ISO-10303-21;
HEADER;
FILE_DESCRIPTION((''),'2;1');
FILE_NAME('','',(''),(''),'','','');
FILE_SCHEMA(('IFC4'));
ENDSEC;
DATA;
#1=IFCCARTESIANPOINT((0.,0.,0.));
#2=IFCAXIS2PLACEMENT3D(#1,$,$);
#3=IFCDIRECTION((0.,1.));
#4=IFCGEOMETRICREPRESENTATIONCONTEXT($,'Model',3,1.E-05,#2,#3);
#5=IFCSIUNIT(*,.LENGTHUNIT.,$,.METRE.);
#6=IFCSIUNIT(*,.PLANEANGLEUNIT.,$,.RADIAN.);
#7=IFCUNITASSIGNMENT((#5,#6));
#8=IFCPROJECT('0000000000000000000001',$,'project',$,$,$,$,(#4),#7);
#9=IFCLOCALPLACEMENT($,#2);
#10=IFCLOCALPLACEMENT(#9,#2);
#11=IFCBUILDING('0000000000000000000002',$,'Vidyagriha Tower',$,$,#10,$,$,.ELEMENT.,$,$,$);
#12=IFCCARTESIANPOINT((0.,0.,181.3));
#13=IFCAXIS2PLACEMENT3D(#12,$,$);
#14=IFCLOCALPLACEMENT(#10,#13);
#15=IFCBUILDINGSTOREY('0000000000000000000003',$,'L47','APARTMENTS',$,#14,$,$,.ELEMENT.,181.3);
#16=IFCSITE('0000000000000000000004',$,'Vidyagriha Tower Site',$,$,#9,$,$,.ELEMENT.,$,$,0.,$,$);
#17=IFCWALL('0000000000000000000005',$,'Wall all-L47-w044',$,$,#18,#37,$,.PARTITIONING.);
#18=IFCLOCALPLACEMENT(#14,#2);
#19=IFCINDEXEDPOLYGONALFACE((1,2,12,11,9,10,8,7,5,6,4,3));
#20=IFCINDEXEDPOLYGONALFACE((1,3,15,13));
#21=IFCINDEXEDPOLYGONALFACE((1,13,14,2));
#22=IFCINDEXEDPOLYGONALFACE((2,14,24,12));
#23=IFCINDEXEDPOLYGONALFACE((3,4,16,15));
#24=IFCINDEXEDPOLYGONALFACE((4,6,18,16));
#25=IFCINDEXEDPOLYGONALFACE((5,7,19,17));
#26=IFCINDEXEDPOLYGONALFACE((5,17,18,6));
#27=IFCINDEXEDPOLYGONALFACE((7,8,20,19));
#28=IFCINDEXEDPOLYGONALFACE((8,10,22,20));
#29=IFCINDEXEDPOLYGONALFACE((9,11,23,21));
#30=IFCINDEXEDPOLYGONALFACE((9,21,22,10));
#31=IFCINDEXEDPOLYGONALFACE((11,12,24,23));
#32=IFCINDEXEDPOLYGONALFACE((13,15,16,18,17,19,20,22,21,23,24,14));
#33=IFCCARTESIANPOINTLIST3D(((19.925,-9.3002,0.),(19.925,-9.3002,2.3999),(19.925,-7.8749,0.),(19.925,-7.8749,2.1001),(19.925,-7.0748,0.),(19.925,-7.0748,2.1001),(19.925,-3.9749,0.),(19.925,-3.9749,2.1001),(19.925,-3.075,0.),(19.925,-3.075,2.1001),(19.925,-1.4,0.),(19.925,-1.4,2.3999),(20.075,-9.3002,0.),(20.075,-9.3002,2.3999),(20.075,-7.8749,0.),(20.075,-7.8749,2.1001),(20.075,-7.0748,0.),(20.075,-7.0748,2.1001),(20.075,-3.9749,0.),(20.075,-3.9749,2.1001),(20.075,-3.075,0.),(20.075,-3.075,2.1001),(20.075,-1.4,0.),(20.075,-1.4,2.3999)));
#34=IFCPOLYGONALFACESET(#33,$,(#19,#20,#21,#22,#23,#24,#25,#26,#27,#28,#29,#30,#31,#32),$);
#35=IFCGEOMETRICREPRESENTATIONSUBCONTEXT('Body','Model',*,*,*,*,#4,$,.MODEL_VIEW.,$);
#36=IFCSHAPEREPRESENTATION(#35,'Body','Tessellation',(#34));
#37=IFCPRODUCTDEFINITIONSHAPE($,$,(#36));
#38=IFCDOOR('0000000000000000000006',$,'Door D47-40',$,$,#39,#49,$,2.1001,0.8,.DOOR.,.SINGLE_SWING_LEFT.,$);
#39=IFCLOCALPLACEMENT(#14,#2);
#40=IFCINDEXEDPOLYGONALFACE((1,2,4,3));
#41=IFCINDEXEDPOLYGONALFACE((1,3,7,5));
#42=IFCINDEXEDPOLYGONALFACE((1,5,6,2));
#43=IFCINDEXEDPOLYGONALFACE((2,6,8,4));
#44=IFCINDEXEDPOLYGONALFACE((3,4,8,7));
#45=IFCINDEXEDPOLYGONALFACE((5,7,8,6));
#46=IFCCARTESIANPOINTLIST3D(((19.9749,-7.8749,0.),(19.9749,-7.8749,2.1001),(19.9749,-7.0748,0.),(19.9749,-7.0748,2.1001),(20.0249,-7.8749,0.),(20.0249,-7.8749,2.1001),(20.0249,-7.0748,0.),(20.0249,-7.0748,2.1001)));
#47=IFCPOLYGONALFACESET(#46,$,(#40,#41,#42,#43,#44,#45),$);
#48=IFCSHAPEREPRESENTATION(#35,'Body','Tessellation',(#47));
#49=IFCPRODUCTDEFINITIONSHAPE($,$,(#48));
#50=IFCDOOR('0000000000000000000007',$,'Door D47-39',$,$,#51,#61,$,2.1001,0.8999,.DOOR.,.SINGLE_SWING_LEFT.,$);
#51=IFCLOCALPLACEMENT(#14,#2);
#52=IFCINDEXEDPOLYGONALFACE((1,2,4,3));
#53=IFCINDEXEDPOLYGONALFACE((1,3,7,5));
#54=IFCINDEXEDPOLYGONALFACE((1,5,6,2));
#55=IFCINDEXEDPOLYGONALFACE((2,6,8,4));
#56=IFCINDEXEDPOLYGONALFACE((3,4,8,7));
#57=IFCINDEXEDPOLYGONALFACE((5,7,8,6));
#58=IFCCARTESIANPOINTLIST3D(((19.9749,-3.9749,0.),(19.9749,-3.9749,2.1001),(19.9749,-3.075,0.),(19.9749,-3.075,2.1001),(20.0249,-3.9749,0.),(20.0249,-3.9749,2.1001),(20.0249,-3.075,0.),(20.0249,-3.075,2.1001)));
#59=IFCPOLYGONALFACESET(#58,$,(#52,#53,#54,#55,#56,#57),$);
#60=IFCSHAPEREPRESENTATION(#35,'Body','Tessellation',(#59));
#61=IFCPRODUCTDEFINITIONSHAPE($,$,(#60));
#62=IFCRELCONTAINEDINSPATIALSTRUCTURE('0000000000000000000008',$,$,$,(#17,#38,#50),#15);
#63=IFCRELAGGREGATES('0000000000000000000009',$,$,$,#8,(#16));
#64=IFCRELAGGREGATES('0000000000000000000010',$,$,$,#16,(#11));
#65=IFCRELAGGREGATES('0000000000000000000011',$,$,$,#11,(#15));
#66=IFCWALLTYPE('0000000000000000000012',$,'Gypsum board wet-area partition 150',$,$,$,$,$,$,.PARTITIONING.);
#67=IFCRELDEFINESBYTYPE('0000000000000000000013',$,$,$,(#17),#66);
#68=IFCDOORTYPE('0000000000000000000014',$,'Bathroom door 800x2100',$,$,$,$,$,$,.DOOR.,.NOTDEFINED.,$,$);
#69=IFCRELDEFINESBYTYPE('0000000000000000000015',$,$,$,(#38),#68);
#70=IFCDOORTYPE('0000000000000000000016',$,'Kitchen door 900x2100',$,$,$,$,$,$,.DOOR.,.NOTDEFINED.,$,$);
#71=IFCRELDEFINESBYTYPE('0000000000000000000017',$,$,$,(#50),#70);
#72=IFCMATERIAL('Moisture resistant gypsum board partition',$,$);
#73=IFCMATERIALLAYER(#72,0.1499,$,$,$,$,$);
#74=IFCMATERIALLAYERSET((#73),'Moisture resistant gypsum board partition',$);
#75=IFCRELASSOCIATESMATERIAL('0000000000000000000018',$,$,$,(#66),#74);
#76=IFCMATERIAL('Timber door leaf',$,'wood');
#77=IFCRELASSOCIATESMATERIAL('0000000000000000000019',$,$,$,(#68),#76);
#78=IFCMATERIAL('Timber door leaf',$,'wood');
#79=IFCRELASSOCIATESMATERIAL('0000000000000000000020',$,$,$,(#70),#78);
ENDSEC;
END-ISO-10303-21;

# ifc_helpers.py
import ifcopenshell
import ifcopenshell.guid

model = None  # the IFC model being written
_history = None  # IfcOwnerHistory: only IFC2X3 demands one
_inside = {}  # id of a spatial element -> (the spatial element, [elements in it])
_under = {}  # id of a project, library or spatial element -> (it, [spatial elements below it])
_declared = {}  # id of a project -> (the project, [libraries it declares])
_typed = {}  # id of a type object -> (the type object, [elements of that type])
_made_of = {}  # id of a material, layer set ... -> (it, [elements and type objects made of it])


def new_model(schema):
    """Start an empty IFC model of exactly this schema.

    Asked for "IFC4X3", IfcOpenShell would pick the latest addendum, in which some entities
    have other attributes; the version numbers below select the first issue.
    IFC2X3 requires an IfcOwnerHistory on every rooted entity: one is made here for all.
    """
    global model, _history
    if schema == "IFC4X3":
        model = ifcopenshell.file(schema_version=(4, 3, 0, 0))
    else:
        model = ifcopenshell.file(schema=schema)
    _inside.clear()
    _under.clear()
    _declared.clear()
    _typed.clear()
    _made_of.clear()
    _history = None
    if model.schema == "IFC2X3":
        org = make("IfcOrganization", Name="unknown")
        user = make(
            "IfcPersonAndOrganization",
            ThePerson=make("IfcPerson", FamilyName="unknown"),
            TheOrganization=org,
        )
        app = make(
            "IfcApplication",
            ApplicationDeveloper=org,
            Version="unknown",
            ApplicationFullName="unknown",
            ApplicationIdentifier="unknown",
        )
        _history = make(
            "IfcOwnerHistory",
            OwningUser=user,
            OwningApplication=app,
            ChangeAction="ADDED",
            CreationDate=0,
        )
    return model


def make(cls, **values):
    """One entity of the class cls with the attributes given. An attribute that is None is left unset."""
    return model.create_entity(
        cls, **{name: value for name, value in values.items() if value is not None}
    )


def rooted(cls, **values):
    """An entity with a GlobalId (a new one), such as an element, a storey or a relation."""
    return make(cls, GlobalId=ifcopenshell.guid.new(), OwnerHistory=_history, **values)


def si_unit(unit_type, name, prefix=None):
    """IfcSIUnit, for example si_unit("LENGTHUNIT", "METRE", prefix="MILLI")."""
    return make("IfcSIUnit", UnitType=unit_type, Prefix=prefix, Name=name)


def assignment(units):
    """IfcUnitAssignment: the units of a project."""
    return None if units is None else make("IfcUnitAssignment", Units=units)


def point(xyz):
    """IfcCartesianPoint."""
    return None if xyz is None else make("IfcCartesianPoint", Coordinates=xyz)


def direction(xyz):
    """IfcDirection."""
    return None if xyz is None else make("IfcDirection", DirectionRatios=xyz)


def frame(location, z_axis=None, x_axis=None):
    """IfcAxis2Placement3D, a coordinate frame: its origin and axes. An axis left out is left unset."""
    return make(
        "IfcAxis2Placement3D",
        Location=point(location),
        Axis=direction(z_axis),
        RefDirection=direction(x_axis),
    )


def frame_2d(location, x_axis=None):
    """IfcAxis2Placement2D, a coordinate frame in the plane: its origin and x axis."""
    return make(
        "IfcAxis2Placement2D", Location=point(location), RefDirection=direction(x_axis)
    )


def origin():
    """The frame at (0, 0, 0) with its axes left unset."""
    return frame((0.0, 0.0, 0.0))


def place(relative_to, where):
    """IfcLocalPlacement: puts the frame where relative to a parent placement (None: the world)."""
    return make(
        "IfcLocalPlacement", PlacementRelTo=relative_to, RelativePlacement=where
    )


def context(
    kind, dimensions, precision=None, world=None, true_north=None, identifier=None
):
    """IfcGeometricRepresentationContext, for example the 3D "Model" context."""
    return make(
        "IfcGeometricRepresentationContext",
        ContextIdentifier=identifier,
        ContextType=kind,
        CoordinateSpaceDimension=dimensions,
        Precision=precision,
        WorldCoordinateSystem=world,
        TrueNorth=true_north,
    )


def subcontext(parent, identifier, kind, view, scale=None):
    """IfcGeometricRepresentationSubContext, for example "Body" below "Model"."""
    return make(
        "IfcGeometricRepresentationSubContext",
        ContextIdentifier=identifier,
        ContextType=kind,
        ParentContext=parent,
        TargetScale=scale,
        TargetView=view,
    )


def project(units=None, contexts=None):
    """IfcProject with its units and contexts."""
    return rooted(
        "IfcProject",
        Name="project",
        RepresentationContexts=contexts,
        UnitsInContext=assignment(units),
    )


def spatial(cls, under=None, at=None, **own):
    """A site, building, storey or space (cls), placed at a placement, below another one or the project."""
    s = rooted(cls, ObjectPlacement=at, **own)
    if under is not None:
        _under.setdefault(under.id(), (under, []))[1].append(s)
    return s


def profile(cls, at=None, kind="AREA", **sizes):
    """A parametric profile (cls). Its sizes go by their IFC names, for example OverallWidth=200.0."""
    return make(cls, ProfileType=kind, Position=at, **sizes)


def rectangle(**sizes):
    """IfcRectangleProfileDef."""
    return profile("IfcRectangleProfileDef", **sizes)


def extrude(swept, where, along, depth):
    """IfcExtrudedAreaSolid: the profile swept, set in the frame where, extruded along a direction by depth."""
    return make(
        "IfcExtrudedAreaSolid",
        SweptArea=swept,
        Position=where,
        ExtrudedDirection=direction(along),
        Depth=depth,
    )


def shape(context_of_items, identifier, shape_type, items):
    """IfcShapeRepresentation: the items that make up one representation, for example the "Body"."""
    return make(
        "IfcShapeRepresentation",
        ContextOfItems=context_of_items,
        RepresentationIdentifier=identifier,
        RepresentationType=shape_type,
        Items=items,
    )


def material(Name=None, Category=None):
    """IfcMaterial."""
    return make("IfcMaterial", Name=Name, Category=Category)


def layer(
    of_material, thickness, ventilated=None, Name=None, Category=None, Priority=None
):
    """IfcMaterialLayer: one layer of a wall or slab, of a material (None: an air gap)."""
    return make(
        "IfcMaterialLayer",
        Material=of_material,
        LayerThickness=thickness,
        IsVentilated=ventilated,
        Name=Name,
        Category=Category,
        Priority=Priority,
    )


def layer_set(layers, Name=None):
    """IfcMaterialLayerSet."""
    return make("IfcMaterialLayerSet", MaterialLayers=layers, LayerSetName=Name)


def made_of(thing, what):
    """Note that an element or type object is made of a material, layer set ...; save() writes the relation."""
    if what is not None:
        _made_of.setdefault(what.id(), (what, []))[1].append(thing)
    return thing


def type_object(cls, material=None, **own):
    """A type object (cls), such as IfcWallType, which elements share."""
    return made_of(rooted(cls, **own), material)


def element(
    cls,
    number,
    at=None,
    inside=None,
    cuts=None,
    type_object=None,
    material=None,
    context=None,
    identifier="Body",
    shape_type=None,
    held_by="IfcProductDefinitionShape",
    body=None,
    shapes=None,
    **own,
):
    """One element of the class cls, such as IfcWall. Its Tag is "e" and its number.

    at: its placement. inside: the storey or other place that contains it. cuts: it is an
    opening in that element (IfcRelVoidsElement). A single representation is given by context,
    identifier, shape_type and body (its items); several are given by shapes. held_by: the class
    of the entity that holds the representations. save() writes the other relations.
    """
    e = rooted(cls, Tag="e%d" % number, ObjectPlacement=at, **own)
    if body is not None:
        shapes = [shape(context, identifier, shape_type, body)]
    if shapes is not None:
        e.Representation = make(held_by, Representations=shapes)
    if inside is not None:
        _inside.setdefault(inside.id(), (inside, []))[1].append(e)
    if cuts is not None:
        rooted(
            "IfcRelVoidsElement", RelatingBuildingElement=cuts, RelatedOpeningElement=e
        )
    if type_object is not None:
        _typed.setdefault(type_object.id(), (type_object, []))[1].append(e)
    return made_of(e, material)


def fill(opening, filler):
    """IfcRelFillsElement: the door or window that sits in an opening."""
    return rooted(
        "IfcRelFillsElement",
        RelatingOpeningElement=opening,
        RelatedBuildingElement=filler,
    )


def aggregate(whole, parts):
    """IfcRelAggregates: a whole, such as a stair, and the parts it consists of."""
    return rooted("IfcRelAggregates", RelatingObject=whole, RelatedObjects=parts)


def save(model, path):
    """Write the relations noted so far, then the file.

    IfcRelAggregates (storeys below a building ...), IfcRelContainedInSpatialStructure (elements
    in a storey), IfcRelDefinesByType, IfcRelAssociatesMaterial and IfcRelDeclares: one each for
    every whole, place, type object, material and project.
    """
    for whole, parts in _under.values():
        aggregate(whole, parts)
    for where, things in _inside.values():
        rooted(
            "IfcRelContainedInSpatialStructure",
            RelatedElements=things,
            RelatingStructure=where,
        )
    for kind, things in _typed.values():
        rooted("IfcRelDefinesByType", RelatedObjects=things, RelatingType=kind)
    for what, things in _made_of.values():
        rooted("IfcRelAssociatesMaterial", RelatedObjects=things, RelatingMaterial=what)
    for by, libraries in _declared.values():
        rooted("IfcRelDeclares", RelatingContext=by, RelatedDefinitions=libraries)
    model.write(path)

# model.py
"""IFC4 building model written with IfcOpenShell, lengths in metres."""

from ifc_helpers import new_model, si_unit, direction, frame, frame_2d, origin, place, context, subcontext, project, spatial, rectangle, extrude, material, layer, layer_set, type_object, element, fill, save


model = new_model("IFC4")

# Units and contexts
model_context = context("Model", 3, precision=1e-05, world=origin(), true_north=direction((0.0, 1.0)))
body_context = subcontext(model_context, "Body", "Model", "MODEL_VIEW")
ifc_project = project(units=[si_unit("LENGTHUNIT", "METRE"), si_unit("PLANEANGLEUNIT", "RADIAN")], contexts=[model_context])

# Site, building, storey
site_placement = place(None, origin())
site = spatial("IfcSite", under=ifc_project, at=site_placement, Name="Vidyagriha Tower Site", CompositionType="ELEMENT", RefElevation=0.0)
building_placement = place(site_placement, origin())
building = spatial("IfcBuilding", under=site, at=building_placement, Name="Vidyagriha Tower", CompositionType="ELEMENT")
storey_placement = place(building_placement, frame((0.0, 0.0, 181.3)))
storey = spatial("IfcBuildingStorey", under=building, at=storey_placement, Name="L47", Description="APARTMENTS", CompositionType="ELEMENT", Elevation=181.3)

# Wall, openings, doors
ifc_material_1 = material(Name="Moisture resistant gypsum board partition")
ifc_layer_1 = layer(ifc_material_1, 0.1499)
ifc_layer_set_1 = layer_set([ifc_layer_1], Name="Moisture resistant gypsum board partition")
wall_type_1 = type_object("IfcWallType", Name="Gypsum board wet-area partition 150", PredefinedType="PARTITIONING", material=ifc_layer_set_1)
wall_1_placement = place(storey_placement, frame((20.0, -1.3999, 0.0), z_axis=(0.0, 0.0, 1.0), x_axis=(0.0, -1.0, 0.0)))
wall_1 = element("IfcWall", 1, at=wall_1_placement, inside=storey, type_object=wall_type_1, Name="Wall all-L47-w044", PredefinedType="PARTITIONING", context=body_context, shape_type="SweptSolid", body=[
    extrude(rectangle(XDim=7.9001, YDim=0.1499, at=frame_2d((3.9502, 0.0))), origin(), (0.0, 0.0, 1.0), 2.3999),
])
opening_1_placement = place(wall_1_placement, frame((1.675, 0.0, 0.0)))
opening_1 = element("IfcOpeningElement", 2, at=opening_1_placement, cuts=wall_1, PredefinedType="OPENING", context=body_context, shape_type="SweptSolid", body=[
    extrude(rectangle(XDim=0.8999, YDim=2.1001, at=frame_2d((0.45, 1.05))), frame((0.0, 0.085, 0.0), z_axis=(0.0, -1.0, 0.0), x_axis=(1.0, 0.0, 0.0)), (0.0, 0.0, 1.0), 0.1699),
])
opening_2_placement = place(wall_1_placement, frame((5.675, 0.0, 0.0)))
opening_2 = element("IfcOpeningElement", 3, at=opening_2_placement, cuts=wall_1, PredefinedType="OPENING", context=body_context, shape_type="SweptSolid", body=[
    extrude(rectangle(XDim=0.8, YDim=2.1001, at=frame_2d((0.3999, 1.05))), frame((0.0, 0.085, 0.0), z_axis=(0.0, -1.0, 0.0), x_axis=(1.0, 0.0, 0.0)), (0.0, 0.0, 1.0), 0.1699),
])
ifc_material_2 = material(Name="Timber door leaf", Category="wood")
door_type_1 = type_object("IfcDoorType", Name="Bathroom door 800x2100", OperationType="NOTDEFINED", PredefinedType="DOOR", material=ifc_material_2)
door_1_placement = place(opening_2_placement, origin())
door_1 = element("IfcDoor", 4, at=door_1_placement, inside=storey, type_object=door_type_1, Name="Door D47-40", OperationType="SINGLE_SWING_LEFT", OverallHeight=2.1001, OverallWidth=0.8, PredefinedType="DOOR", context=body_context, shape_type="SweptSolid", body=[
    extrude(rectangle(XDim=0.8, YDim=2.1001, at=frame_2d((0.3999, 1.05))), frame((0.0, 0.0249, 0.0), z_axis=(0.0, -1.0, 0.0), x_axis=(1.0, 0.0, 0.0)), (0.0, 0.0, 1.0), 0.05),
])
fill(opening_2, door_1)
ifc_material_3 = material(Name="Timber door leaf", Category="wood")
door_type_2 = type_object("IfcDoorType", Name="Kitchen door 900x2100", OperationType="NOTDEFINED", PredefinedType="DOOR", material=ifc_material_3)
door_2_placement = place(opening_1_placement, origin())
door_2 = element("IfcDoor", 5, at=door_2_placement, inside=storey, type_object=door_type_2, Name="Door D47-39", OperationType="SINGLE_SWING_LEFT", OverallHeight=2.1001, OverallWidth=0.8999, PredefinedType="DOOR", context=body_context, shape_type="SweptSolid", body=[
    extrude(rectangle(XDim=0.8999, YDim=2.1001, at=frame_2d((0.45, 1.05))), frame((0.0, 0.0249, 0.0), z_axis=(0.0, -1.0, 0.0), x_axis=(1.0, 0.0, 0.0)), (0.0, 0.0, 1.0), 0.05),
])
fill(opening_1, door_2)

save(model, "model.ifc")
